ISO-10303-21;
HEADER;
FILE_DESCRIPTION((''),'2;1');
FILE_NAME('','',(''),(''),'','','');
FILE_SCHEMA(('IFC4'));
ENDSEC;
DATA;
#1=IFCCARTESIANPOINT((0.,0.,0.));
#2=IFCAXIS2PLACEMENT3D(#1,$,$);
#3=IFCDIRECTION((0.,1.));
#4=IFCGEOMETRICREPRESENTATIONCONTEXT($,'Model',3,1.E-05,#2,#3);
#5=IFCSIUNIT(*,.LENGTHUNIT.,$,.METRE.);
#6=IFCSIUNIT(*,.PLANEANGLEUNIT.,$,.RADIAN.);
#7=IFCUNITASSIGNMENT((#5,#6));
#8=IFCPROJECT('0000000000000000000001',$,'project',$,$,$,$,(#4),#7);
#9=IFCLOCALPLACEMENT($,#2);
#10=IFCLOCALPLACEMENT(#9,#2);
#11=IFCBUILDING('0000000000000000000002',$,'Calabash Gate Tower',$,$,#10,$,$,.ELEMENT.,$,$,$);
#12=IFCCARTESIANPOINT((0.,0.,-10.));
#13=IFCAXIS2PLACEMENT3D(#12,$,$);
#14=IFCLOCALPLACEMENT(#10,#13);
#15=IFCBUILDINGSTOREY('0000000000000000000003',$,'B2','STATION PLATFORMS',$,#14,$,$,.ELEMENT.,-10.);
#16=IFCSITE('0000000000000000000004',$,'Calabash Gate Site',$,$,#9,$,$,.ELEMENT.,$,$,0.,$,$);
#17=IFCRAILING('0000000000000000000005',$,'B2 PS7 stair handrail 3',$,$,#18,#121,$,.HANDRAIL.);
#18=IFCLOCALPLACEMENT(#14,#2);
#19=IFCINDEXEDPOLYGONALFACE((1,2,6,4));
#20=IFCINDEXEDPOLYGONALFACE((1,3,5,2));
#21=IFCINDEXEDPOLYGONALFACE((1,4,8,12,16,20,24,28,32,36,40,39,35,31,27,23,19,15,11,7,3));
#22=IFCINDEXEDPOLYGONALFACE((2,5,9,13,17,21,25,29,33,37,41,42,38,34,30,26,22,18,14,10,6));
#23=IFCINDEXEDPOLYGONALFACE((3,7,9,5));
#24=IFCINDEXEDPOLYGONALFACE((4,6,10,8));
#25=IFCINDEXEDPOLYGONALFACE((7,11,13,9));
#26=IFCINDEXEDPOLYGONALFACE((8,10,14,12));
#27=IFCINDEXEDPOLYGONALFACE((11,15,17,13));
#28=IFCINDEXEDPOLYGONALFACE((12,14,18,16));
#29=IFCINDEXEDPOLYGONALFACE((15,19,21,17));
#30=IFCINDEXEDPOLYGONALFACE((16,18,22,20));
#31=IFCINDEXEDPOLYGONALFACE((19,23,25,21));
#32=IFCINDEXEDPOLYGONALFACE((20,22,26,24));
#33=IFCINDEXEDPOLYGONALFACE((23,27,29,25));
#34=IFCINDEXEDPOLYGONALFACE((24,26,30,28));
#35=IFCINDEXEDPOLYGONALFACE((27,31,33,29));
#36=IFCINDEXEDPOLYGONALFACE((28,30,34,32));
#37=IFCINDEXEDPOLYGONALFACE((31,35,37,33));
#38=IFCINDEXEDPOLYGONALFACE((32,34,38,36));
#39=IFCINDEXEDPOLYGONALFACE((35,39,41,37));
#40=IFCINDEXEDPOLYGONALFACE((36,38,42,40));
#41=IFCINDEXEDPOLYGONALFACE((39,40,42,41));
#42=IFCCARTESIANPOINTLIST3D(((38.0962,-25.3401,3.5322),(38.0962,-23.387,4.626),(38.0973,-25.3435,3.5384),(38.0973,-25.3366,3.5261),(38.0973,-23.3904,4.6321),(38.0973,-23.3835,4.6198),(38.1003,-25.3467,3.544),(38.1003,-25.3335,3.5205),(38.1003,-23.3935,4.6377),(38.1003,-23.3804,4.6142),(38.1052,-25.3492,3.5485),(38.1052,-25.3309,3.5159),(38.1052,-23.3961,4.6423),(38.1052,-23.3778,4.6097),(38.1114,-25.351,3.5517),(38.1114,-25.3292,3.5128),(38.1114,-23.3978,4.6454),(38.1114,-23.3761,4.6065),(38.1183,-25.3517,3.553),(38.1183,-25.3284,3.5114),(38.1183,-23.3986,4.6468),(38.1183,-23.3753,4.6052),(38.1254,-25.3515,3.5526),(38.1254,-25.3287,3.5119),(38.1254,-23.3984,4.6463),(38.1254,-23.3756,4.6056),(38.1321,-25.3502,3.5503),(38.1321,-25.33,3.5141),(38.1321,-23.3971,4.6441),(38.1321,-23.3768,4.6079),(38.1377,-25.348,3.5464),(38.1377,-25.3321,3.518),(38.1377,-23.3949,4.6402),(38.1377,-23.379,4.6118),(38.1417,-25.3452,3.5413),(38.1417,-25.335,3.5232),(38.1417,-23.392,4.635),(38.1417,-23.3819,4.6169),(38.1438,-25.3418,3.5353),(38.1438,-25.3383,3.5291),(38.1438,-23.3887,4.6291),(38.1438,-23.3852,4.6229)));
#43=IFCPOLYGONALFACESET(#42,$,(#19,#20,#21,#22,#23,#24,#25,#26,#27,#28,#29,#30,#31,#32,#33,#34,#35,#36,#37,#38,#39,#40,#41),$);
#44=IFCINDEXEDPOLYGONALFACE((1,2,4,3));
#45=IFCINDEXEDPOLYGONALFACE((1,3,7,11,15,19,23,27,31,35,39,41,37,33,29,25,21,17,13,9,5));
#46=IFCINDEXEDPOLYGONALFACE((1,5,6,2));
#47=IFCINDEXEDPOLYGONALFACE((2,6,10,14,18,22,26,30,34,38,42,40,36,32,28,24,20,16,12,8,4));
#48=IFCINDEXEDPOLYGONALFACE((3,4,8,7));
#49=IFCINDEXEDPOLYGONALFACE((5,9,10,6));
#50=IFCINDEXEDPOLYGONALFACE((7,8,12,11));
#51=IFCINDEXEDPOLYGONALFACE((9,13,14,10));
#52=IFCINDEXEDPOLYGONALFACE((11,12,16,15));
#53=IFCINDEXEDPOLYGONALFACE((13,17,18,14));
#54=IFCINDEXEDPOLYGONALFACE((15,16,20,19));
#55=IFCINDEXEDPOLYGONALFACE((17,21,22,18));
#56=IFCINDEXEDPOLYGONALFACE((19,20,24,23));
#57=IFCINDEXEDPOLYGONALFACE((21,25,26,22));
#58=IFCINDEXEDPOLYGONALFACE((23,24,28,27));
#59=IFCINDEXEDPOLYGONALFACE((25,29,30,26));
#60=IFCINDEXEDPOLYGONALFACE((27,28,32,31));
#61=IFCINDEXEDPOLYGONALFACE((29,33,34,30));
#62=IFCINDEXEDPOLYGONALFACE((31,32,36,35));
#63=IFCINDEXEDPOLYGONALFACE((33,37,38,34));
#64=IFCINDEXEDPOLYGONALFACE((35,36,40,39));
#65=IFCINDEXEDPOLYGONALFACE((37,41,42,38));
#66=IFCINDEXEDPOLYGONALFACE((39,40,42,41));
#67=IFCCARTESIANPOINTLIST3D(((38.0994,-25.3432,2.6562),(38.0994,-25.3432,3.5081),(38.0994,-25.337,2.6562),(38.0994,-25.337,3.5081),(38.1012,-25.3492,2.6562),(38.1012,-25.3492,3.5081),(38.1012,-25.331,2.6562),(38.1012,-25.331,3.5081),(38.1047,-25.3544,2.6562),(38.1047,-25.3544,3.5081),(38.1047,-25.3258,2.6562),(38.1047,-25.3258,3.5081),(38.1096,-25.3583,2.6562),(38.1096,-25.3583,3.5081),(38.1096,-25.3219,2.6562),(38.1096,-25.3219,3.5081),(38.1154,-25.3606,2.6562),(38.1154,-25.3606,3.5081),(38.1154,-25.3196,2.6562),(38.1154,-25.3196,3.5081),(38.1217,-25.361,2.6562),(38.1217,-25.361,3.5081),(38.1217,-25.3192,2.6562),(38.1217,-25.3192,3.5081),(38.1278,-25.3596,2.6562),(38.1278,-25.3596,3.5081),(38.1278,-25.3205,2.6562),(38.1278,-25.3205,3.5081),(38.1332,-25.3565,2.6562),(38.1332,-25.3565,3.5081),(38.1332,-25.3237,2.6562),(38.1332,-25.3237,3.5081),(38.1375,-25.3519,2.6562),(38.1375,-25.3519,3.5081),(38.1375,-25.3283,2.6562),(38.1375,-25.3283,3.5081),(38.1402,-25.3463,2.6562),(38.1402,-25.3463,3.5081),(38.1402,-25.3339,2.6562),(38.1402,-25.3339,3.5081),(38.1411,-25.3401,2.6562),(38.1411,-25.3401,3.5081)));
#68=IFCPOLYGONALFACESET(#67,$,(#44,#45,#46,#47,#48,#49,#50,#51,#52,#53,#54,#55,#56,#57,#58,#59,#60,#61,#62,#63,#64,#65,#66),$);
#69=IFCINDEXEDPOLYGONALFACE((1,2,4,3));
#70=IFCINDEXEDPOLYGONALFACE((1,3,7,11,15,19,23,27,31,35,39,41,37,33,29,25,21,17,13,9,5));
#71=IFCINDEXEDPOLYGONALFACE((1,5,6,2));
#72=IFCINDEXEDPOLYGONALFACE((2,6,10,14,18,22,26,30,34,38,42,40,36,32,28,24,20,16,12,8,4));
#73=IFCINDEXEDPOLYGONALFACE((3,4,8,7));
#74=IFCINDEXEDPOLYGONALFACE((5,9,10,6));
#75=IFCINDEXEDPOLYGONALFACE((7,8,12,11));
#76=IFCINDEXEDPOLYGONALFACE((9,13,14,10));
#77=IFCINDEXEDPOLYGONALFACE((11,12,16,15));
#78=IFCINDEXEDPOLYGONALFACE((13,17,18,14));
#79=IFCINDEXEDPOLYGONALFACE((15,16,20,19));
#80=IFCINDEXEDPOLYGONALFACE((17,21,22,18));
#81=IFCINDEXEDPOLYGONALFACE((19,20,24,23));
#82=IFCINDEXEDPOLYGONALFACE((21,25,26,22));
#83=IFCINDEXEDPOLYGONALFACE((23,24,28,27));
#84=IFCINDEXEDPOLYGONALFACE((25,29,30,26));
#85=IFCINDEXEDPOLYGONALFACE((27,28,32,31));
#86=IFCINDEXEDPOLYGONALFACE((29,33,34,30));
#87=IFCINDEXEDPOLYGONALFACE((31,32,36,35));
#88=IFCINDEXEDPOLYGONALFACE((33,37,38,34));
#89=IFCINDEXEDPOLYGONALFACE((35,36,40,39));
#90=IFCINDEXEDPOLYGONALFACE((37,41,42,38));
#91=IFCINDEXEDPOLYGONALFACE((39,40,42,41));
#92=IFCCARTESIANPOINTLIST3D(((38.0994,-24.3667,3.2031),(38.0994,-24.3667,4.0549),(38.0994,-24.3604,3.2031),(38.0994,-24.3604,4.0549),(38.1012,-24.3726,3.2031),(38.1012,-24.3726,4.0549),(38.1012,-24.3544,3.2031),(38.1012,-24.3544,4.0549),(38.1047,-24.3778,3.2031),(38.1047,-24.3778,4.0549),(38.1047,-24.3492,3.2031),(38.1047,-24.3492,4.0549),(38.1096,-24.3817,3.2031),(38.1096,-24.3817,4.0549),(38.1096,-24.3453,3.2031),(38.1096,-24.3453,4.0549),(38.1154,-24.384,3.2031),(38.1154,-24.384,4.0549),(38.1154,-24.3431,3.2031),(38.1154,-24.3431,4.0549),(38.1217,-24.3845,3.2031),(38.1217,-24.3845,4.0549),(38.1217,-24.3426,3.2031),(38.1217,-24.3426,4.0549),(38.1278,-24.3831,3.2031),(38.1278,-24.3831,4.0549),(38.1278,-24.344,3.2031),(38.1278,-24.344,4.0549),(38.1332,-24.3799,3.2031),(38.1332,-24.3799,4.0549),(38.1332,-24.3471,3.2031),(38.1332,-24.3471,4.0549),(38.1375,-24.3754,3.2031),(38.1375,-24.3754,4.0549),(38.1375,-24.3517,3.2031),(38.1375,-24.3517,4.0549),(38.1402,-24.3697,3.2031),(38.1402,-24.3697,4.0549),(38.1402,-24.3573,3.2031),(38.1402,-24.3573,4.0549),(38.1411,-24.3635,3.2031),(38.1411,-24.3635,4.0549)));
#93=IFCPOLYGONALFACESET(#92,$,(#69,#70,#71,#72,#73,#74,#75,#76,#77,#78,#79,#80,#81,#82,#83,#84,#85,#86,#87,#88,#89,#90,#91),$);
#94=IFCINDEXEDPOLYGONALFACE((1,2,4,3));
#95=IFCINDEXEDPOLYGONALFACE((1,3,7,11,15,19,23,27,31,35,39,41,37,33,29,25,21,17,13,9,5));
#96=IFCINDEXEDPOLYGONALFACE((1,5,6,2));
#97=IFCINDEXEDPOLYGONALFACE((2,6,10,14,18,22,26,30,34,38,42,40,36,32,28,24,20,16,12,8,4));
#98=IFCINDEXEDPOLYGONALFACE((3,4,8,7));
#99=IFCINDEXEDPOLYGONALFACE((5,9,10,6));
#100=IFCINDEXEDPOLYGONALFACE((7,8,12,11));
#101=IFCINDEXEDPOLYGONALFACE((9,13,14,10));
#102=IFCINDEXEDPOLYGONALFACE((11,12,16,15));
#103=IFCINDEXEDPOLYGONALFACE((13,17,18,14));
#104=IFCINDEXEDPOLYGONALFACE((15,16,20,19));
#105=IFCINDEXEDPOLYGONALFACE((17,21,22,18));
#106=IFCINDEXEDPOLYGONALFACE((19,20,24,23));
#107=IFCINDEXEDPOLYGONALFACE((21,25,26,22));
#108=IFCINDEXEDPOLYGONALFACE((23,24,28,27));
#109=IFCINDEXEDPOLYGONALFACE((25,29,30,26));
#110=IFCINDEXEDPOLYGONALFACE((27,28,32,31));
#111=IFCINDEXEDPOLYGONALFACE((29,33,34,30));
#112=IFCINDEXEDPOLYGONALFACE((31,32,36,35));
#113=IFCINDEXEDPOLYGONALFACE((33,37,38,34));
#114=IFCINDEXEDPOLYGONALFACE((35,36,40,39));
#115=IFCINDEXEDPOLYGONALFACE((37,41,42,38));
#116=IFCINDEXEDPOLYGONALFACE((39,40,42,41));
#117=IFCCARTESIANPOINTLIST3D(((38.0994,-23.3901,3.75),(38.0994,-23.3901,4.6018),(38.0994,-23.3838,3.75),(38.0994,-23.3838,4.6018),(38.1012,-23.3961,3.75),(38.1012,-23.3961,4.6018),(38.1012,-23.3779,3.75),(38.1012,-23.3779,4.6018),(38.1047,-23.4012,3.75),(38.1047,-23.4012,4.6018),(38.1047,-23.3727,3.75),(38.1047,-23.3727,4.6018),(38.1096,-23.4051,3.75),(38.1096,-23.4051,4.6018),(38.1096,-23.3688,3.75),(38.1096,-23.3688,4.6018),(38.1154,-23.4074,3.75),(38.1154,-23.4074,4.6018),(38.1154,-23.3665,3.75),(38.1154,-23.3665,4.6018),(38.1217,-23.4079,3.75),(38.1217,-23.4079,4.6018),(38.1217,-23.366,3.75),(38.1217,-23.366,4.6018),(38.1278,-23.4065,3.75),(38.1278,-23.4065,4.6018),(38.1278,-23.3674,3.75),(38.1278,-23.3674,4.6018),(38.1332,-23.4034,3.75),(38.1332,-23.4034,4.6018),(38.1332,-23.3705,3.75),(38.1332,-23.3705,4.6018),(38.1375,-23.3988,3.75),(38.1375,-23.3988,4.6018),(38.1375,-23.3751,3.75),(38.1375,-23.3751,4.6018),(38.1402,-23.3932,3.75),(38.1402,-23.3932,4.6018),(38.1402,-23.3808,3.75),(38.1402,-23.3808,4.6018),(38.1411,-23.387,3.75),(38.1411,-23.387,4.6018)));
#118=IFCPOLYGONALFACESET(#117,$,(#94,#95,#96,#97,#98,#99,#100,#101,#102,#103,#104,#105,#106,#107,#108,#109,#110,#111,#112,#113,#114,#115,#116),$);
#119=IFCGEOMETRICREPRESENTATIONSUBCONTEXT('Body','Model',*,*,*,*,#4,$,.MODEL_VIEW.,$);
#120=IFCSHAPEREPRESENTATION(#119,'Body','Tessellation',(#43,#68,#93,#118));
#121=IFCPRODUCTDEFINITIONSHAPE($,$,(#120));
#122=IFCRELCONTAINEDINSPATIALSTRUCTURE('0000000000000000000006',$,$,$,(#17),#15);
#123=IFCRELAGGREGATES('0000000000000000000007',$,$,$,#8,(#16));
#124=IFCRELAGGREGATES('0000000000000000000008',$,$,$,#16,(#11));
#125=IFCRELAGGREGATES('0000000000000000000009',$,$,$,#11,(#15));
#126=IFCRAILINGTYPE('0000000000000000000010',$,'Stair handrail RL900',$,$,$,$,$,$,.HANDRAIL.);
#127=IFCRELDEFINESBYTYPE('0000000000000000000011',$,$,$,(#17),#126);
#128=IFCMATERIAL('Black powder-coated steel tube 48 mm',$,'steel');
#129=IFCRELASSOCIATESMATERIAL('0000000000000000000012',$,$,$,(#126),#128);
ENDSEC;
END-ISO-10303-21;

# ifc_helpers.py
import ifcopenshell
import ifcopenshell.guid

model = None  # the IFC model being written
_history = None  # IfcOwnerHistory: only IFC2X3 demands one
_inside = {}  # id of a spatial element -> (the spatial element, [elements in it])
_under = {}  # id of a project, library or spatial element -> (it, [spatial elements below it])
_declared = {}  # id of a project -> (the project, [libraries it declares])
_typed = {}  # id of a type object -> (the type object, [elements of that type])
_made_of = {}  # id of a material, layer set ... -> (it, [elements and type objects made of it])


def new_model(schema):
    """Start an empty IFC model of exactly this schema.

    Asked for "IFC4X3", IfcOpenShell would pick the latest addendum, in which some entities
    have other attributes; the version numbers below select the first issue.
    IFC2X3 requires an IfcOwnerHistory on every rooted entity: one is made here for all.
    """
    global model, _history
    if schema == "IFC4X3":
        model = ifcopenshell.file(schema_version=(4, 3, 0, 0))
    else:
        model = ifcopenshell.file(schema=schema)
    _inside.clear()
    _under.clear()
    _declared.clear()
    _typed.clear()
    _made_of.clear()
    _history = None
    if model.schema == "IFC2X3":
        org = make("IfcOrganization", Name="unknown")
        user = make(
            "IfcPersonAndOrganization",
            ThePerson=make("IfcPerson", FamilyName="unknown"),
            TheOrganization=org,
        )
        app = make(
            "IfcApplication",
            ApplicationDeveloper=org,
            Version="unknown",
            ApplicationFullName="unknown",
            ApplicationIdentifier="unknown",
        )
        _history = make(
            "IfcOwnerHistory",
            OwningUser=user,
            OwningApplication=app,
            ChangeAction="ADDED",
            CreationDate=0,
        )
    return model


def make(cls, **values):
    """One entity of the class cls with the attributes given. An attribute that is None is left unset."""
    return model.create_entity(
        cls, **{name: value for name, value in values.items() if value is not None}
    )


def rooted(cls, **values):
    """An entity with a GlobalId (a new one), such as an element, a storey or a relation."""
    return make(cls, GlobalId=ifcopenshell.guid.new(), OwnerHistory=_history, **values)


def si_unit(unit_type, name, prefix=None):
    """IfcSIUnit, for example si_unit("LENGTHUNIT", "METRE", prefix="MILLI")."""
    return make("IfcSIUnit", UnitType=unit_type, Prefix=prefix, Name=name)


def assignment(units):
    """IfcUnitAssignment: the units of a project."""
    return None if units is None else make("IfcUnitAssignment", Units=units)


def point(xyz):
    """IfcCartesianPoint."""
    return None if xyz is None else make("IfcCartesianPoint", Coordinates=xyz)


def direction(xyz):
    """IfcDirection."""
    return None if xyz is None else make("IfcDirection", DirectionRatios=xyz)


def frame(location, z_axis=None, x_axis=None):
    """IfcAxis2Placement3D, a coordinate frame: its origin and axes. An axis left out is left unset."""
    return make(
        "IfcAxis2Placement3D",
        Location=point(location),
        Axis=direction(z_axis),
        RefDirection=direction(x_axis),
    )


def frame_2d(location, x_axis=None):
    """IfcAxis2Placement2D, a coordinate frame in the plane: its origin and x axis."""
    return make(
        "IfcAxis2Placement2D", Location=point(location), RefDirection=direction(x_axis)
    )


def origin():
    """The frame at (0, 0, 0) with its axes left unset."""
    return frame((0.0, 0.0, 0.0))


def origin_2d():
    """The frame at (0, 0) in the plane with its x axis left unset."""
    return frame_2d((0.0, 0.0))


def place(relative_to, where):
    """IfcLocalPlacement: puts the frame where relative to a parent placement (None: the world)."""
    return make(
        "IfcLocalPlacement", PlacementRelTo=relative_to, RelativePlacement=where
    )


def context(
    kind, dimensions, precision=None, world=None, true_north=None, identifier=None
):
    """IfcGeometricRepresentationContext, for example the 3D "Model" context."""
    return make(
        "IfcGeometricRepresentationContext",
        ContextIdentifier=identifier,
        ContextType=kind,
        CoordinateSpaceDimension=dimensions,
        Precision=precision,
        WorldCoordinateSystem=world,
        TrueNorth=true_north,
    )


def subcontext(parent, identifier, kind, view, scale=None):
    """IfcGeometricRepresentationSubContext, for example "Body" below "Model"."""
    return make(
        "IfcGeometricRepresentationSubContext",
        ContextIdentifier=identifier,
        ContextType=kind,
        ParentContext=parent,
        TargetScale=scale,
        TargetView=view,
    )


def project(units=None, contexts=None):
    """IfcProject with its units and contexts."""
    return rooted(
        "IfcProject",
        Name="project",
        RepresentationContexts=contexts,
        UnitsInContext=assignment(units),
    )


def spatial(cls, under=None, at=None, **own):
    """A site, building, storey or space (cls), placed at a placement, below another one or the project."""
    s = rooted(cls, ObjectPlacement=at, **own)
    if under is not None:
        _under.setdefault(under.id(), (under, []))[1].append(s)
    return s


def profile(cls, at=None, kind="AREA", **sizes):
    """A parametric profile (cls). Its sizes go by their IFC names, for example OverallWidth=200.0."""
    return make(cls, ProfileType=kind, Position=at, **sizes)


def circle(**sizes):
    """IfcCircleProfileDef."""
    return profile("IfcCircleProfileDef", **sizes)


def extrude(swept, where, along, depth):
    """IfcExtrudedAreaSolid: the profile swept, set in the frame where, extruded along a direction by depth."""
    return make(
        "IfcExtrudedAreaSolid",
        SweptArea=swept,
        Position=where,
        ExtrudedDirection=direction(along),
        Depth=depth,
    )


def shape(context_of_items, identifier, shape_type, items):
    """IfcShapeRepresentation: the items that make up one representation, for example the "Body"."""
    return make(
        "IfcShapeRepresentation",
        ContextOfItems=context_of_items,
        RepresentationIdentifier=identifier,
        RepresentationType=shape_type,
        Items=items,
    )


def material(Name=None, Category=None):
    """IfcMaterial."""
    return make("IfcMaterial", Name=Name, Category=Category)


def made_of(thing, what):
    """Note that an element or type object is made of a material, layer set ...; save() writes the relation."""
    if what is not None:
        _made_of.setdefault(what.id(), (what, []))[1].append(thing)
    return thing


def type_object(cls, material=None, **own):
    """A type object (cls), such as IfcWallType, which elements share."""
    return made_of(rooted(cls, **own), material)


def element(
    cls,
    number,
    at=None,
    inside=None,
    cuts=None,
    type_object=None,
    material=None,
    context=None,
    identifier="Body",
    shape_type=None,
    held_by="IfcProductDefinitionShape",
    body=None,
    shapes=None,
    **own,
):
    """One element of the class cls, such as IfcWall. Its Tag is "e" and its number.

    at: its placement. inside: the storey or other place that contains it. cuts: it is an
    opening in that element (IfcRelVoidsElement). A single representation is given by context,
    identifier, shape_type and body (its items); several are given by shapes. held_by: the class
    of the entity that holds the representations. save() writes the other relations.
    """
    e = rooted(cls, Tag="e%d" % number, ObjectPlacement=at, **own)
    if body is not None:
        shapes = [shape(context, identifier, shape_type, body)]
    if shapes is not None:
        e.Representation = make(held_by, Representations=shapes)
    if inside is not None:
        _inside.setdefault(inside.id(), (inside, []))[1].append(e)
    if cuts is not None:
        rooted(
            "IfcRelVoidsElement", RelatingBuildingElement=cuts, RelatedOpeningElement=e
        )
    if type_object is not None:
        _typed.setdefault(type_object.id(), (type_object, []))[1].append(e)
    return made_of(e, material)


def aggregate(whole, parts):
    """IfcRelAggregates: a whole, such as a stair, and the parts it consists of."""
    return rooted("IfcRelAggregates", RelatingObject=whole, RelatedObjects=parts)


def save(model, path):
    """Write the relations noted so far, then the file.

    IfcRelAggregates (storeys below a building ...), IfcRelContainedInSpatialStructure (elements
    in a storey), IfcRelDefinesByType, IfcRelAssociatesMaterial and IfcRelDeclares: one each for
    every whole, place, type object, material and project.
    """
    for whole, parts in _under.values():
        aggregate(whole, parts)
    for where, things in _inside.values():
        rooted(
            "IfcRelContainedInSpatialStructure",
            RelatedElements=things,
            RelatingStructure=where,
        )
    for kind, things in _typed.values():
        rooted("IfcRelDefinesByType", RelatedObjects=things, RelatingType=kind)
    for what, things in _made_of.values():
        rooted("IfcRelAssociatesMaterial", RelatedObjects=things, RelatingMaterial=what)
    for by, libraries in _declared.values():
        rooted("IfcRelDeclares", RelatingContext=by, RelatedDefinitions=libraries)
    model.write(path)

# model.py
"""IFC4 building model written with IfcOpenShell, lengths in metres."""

from ifc_helpers import new_model, si_unit, direction, frame, origin, origin_2d, place, context, subcontext, project, spatial, circle, extrude, material, type_object, element, save


model = new_model("IFC4")

# Units and contexts
model_context = context("Model", 3, precision=1e-05, world=origin(), true_north=direction((0.0, 1.0)))
body_context = subcontext(model_context, "Body", "Model", "MODEL_VIEW")
ifc_project = project(units=[si_unit("LENGTHUNIT", "METRE"), si_unit("PLANEANGLEUNIT", "RADIAN")], contexts=[model_context])

# Site, building, storey
site_placement = place(None, origin())
site = spatial("IfcSite", under=ifc_project, at=site_placement, Name="Calabash Gate Site", CompositionType="ELEMENT", RefElevation=0.0)
building_placement = place(site_placement, origin())
building = spatial("IfcBuilding", under=site, at=building_placement, Name="Calabash Gate Tower", CompositionType="ELEMENT")
storey_placement = place(building_placement, frame((0.0, 0.0, -10.0)))
storey = spatial("IfcBuildingStorey", under=building, at=storey_placement, Name="B2", Description="STATION PLATFORMS", CompositionType="ELEMENT", Elevation=-10.0)

# Railing
ifc_material_1 = material(Name="Black powder-coated steel tube 48 mm", Category="steel")
railing_type_1 = type_object("IfcRailingType", Name="Stair handrail RL900", PredefinedType="HANDRAIL", material=ifc_material_1)
railing_1_placement = place(storey_placement, frame((38.1201, -25.3401, 2.6562)))
element("IfcRailing", 1, at=railing_1_placement, inside=storey, type_object=railing_type_1, Name="B2 PS7 stair handrail 3", PredefinedType="HANDRAIL", context=body_context, shape_type="SweptSolid", body=[
    extrude(circle(Radius=0.0239, at=origin_2d()), frame((0.0, 0.0, 0.876), z_axis=(0.0, 0.872506, 0.488603), x_axis=(-1.0, 0.0, 0.0)), (0.0, 0.0, 1.0), 2.2385),
    extrude(circle(Radius=0.021, at=origin_2d()), origin(), (0.0, 0.0, 1.0), 0.8518),
    extrude(circle(Radius=0.021, at=origin_2d()), frame((0.0, 0.9766, 0.5469)), (0.0, 0.0, 1.0), 0.8518),
    extrude(circle(Radius=0.021, at=origin_2d()), frame((0.0, 1.9531, 1.0938)), (0.0, 0.0, 1.0), 0.8518),
])

save(model, "model.ifc")
